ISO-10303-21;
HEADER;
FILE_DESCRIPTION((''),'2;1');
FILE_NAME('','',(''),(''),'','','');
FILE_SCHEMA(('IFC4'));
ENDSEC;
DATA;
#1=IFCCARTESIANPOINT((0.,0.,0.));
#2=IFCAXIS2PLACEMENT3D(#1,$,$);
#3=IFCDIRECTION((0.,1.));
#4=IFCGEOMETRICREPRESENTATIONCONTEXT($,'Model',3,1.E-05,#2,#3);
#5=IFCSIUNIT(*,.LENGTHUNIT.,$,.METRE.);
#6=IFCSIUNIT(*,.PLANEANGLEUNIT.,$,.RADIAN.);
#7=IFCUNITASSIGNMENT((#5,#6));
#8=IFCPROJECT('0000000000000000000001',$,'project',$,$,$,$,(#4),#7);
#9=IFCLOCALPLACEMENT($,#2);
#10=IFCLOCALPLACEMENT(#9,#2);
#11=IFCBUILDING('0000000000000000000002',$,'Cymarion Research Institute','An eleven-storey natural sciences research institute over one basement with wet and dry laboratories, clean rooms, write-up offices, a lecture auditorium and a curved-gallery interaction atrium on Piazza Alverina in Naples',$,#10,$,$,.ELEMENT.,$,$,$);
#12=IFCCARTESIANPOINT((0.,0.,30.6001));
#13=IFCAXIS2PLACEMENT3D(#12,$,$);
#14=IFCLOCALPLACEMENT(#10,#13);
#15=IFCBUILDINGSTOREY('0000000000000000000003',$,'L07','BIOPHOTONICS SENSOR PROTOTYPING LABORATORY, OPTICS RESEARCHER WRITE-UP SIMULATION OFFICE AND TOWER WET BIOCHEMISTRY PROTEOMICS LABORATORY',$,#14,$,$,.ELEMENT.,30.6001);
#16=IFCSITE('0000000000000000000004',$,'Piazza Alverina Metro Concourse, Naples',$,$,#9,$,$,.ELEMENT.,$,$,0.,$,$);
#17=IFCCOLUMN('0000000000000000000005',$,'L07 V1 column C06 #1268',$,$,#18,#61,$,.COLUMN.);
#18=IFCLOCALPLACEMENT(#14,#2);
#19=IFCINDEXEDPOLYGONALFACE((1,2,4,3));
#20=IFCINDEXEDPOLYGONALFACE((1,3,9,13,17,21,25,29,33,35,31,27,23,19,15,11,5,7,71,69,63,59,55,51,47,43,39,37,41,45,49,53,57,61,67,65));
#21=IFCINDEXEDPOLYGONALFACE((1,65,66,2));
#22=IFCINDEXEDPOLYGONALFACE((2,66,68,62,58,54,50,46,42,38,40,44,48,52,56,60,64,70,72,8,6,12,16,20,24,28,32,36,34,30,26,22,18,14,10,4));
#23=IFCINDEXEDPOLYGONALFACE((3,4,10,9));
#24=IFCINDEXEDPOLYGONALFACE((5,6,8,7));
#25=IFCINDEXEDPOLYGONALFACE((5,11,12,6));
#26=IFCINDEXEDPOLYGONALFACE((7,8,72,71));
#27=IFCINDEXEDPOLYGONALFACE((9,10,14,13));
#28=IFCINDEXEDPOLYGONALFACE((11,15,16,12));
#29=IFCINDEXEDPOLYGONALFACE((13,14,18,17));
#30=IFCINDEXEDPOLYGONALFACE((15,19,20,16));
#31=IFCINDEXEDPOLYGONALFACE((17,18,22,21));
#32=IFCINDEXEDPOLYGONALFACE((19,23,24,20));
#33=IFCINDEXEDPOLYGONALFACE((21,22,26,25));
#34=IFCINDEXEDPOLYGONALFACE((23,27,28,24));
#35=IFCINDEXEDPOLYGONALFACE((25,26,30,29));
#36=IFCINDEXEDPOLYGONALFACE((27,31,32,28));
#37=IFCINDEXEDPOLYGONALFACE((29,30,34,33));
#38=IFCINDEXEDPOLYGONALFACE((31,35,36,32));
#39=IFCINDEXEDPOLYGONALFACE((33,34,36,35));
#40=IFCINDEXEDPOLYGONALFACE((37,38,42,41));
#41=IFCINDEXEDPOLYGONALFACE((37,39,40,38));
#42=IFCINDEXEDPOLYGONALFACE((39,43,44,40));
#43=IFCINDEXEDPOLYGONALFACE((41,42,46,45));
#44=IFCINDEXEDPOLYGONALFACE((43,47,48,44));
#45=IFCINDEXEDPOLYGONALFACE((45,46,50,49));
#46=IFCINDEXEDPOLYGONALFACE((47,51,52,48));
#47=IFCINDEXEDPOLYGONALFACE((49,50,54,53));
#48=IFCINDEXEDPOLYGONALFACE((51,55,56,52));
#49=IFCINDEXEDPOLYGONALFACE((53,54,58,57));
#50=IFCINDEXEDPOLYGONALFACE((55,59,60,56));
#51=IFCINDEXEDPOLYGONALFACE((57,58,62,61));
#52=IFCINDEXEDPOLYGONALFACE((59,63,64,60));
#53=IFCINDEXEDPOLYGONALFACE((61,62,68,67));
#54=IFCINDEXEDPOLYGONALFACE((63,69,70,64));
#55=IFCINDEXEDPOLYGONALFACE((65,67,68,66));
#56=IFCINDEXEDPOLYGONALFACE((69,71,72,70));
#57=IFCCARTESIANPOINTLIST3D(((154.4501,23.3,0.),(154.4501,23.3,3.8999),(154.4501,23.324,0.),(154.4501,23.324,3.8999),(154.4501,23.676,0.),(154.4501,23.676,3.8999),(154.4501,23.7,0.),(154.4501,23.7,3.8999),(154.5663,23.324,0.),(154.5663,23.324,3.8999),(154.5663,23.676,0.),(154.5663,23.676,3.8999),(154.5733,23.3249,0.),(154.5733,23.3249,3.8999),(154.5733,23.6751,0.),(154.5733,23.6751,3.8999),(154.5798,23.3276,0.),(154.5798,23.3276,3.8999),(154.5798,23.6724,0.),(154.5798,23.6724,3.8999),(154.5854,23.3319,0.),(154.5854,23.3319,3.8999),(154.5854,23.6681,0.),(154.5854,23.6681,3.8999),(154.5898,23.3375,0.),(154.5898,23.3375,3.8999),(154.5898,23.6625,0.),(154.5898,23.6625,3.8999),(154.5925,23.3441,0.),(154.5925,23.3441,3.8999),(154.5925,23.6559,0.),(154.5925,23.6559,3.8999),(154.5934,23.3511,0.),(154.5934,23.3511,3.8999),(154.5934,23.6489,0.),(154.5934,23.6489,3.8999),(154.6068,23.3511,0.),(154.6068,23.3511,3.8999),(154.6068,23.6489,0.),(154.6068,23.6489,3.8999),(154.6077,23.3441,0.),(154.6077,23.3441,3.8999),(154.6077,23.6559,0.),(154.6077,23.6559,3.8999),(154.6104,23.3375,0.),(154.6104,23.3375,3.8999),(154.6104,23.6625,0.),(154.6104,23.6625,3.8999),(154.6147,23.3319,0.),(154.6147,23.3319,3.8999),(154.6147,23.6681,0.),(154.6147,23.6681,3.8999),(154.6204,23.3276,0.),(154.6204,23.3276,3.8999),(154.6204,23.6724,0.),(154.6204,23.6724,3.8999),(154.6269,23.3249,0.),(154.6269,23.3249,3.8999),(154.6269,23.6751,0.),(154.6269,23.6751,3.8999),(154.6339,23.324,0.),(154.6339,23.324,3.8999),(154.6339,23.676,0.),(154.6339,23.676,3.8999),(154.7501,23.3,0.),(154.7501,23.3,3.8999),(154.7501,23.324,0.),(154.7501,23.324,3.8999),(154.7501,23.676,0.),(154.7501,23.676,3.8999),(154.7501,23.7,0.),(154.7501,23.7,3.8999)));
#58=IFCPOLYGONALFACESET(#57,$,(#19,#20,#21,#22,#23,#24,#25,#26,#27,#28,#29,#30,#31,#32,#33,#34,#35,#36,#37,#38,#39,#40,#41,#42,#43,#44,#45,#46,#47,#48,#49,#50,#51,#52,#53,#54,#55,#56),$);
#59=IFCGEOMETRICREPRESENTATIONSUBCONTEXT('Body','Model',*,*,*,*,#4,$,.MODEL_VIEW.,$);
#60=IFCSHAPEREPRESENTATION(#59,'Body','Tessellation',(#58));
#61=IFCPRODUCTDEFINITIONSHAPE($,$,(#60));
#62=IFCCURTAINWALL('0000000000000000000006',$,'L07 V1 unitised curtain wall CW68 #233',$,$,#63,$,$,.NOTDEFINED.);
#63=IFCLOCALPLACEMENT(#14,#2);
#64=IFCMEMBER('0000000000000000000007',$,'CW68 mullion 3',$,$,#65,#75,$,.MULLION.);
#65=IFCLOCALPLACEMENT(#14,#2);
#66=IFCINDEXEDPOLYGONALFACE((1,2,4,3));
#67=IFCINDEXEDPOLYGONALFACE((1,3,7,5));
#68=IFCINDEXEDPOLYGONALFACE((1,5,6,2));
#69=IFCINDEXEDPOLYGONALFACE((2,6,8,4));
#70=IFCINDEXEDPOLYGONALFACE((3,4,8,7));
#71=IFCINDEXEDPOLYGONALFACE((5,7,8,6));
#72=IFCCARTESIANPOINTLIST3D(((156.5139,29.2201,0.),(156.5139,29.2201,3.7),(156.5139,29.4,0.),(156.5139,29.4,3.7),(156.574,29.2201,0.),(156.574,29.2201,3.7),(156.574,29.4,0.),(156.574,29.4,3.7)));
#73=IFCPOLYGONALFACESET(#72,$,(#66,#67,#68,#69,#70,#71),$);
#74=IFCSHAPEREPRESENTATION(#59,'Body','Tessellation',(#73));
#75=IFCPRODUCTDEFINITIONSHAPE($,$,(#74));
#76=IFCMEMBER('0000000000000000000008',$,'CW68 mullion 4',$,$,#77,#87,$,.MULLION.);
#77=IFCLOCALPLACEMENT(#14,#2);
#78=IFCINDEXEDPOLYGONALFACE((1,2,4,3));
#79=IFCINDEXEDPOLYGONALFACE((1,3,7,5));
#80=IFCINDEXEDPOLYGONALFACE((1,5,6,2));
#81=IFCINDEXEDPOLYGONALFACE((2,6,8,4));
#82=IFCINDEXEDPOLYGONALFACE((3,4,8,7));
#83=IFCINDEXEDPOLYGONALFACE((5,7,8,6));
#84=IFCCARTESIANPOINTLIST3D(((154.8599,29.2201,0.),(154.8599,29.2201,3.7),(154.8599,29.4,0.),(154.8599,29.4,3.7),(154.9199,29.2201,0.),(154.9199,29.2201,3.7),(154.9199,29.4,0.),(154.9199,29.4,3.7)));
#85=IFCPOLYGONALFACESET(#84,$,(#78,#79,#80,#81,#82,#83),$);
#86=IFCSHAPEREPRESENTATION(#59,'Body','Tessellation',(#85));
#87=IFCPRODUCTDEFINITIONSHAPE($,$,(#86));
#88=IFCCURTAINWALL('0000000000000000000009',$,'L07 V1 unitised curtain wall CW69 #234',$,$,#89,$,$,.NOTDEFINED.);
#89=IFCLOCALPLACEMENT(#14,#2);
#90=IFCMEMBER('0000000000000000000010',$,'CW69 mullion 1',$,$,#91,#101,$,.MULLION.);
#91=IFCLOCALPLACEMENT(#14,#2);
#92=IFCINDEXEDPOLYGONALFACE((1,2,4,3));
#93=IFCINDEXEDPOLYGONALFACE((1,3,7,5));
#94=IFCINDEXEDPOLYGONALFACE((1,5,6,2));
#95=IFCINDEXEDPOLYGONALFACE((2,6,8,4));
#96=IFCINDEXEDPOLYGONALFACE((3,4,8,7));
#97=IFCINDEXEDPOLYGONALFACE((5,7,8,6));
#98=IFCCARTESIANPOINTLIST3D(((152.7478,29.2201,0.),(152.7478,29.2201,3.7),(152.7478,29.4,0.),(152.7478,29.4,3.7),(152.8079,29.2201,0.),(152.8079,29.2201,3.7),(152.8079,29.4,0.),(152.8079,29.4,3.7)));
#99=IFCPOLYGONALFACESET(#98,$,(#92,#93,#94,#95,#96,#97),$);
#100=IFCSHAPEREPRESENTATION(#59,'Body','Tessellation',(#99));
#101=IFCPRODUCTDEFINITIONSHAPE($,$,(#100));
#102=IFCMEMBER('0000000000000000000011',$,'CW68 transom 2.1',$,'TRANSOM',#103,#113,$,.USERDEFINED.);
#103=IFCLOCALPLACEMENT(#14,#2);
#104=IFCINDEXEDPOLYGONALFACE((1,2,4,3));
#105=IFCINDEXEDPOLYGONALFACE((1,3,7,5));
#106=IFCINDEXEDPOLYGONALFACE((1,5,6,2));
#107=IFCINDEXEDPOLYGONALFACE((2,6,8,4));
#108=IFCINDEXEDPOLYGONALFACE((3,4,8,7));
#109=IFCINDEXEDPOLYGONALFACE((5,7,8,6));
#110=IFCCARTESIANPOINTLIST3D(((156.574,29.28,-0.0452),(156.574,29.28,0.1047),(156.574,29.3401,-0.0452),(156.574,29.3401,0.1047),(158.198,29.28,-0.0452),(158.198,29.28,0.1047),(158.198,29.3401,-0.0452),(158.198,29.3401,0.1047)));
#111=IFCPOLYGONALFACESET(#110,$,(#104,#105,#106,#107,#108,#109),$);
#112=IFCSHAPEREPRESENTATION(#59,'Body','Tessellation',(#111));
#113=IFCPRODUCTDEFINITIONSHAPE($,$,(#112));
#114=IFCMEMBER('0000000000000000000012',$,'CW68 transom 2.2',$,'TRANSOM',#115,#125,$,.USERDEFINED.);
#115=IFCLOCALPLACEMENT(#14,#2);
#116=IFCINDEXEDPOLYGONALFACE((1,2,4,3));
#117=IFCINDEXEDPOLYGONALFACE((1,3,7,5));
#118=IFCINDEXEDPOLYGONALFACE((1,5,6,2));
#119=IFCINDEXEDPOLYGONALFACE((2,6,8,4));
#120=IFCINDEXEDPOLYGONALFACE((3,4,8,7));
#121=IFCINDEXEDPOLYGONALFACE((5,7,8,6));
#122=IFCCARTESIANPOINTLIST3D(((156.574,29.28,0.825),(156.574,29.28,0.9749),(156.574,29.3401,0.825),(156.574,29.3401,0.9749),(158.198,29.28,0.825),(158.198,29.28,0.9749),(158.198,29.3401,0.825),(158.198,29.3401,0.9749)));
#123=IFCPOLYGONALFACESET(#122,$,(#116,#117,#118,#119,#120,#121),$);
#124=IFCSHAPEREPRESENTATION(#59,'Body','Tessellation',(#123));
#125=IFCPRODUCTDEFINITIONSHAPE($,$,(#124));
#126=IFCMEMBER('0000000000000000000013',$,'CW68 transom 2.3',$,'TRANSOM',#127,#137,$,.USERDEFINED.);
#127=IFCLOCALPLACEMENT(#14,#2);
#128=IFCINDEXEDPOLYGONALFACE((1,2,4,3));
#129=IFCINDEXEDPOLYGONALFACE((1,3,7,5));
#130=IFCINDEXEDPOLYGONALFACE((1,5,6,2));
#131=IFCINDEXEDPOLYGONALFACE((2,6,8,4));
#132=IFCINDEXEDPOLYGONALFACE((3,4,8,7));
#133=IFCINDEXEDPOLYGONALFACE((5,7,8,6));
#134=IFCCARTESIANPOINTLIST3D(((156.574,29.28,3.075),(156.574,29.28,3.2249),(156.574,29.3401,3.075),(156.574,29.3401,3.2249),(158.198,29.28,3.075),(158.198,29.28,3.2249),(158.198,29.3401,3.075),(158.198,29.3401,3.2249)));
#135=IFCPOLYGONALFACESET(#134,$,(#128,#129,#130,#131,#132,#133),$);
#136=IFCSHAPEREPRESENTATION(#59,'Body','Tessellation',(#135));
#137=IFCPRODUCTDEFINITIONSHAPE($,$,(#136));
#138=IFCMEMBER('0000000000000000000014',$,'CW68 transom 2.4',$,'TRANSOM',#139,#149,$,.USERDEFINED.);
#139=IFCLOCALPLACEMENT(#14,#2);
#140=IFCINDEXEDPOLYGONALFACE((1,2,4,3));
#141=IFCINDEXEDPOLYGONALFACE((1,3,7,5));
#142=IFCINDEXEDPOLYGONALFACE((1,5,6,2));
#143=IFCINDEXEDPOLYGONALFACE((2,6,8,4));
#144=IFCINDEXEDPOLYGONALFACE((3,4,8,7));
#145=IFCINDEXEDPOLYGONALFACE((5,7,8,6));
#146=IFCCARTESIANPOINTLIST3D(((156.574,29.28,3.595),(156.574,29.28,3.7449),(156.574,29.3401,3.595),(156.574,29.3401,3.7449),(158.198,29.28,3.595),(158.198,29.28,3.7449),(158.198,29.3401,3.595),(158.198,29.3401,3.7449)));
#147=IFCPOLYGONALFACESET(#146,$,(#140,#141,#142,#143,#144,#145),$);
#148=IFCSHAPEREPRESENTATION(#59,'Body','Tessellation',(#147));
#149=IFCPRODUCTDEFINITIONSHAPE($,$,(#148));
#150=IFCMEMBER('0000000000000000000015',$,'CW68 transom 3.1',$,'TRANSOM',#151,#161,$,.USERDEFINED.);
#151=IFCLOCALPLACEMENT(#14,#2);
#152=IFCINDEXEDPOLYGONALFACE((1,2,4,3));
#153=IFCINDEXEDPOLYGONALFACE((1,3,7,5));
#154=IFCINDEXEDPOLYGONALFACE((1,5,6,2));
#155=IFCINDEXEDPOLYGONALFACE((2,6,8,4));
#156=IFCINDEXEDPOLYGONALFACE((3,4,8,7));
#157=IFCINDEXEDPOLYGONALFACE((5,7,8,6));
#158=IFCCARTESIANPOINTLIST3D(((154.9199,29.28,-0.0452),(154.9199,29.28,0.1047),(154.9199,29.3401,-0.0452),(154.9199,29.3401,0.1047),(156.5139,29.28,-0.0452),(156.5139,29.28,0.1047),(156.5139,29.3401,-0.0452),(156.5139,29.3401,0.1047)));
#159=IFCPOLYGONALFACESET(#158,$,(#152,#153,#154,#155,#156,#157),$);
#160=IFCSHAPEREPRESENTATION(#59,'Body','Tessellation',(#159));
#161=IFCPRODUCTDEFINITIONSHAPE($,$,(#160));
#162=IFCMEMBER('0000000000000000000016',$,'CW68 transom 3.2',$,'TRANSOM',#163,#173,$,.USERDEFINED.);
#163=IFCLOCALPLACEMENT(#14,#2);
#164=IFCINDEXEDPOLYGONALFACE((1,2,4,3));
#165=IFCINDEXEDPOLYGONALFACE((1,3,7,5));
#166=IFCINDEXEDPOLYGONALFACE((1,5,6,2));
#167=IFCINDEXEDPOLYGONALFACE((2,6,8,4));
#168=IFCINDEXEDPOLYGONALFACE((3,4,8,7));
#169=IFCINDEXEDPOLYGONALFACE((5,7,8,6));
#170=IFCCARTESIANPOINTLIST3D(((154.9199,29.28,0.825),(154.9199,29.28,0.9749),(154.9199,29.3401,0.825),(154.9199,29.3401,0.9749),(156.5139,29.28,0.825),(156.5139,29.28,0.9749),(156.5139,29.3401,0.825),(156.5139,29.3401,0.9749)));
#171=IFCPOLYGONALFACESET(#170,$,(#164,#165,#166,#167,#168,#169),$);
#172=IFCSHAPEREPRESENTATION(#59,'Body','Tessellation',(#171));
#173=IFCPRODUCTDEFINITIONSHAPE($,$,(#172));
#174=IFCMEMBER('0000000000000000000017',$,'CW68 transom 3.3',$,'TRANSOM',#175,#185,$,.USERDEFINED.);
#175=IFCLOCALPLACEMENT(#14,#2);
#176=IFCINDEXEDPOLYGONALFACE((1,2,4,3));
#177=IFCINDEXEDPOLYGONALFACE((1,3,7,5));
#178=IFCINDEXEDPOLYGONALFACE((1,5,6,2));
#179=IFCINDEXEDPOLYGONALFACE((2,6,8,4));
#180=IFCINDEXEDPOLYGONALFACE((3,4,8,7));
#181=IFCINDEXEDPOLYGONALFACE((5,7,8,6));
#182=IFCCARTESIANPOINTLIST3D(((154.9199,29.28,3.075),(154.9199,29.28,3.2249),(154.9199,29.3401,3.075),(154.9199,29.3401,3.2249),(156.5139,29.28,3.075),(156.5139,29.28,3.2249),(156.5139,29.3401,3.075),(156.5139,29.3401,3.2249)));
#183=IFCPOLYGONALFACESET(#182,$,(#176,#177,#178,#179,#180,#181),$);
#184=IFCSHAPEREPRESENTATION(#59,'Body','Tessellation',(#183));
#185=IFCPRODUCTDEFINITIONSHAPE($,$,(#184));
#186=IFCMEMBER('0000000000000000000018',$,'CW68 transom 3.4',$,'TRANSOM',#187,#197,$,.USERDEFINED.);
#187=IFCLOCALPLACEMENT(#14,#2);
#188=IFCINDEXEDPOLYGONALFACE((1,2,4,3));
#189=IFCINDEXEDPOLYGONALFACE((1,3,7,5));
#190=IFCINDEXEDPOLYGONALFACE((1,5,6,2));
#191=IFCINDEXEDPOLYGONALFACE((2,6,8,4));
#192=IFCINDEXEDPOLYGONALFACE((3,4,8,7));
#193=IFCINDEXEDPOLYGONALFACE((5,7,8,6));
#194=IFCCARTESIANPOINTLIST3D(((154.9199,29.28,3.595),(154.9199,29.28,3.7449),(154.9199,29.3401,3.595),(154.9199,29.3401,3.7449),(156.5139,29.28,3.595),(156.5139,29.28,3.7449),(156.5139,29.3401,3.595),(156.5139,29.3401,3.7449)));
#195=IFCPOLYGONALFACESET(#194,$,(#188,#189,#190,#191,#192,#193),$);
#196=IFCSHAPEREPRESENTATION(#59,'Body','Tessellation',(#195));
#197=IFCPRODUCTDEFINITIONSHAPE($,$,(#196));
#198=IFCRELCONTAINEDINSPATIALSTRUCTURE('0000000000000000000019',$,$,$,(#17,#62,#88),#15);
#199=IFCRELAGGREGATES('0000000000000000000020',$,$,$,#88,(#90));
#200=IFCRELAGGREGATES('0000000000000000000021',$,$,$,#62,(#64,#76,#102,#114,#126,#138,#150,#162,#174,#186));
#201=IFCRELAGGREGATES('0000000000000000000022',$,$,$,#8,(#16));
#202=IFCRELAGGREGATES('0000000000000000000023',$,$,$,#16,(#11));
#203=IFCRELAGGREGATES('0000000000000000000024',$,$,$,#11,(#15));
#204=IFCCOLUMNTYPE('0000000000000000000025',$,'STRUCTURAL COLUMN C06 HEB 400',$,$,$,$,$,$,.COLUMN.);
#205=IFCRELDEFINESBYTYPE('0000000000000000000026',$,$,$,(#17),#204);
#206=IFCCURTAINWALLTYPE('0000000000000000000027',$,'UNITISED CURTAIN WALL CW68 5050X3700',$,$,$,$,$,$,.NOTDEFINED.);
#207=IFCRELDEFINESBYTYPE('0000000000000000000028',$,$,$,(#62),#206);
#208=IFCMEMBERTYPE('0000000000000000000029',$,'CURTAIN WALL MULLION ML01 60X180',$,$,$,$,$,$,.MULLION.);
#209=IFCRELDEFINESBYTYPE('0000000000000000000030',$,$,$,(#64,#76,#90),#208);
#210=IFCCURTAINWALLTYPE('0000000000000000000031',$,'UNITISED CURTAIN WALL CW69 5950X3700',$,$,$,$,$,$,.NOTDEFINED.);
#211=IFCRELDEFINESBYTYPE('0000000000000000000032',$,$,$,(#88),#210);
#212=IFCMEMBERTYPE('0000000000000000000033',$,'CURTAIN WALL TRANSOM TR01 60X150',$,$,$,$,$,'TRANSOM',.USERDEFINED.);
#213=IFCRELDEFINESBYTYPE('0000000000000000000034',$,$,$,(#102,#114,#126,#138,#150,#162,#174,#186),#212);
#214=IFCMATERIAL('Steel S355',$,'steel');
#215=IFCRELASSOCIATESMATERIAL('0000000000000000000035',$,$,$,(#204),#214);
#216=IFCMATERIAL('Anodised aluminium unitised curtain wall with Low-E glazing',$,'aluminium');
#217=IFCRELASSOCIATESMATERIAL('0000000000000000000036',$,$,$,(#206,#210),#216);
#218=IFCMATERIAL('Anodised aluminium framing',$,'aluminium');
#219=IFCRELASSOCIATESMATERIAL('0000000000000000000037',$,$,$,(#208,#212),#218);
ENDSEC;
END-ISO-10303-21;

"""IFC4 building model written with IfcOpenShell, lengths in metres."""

from ifc_helpers import new_model, si_unit, direction, frame, origin, origin_2d, place, context, subcontext, project, spatial, rectangle, i_section, extrude, material, material_profile, profile_set, type_object, element, aggregate, save


model = new_model("IFC4")

# Units and contexts
model_context = context("Model", 3, precision=1e-05, world=origin(), true_north=direction((0.0, 1.0)))
body_context = subcontext(model_context, "Body", "Model", "MODEL_VIEW")
ifc_project = project(units=[si_unit("LENGTHUNIT", "METRE"), si_unit("PLANEANGLEUNIT", "RADIAN")], contexts=[model_context])

# Site, building, storey
site_placement = place(None, origin())
site = spatial("IfcSite", under=ifc_project, at=site_placement, Name="Piazza Alverina Metro Concourse, Naples", CompositionType="ELEMENT", RefElevation=0.0)
building_placement = place(site_placement, origin())
building = spatial("IfcBuilding", under=site, at=building_placement, Name="Cymarion Research Institute", Description="An eleven-storey natural sciences research institute over one basement with wet and dry laboratories, clean rooms, write-up offices, a lecture auditorium and a curved-gallery interaction atrium on Piazza Alverina in Naples", CompositionType="ELEMENT")
storey_placement = place(building_placement, frame((0.0, 0.0, 30.6001)))
storey = spatial("IfcBuildingStorey", under=building, at=storey_placement, Name="L07", Description="BIOPHOTONICS SENSOR PROTOTYPING LABORATORY, OPTICS RESEARCHER WRITE-UP SIMULATION OFFICE AND TOWER WET BIOCHEMISTRY PROTEOMICS LABORATORY", CompositionType="ELEMENT", Elevation=30.6001)

# Column
ifc_material_1 = material(Name="Steel S355", Category="steel")
ifc_material_profile_1 = material_profile(ifc_material_1, i_section(OverallWidth=0.3, OverallDepth=0.3999, WebThickness=0.0134, FlangeThickness=0.0239, FilletRadius=0.0271, at=origin_2d()), Name="HEB 400")
ifc_profile_set_1 = profile_set([ifc_material_profile_1], Name="Steel S355")
column_type = type_object("IfcColumnType", Name="STRUCTURAL COLUMN C06 HEB 400", PredefinedType="COLUMN", material=ifc_profile_set_1)
column_placement = place(storey_placement, frame((154.6001, 23.5, 0.0), z_axis=(0.0, 0.0, 1.0), x_axis=(1.0, 0.0, 0.0)))
element("IfcColumn", 1, at=column_placement, inside=storey, type_object=column_type, Name="L07 V1 column C06 #1268", PredefinedType="COLUMN", context=body_context, shape_type="SweptSolid", body=[
    extrude(i_section(OverallWidth=0.3, OverallDepth=0.3999, WebThickness=0.0134, FlangeThickness=0.0239, FilletRadius=0.0271, at=origin_2d()), origin(), (0.0, 0.0, 1.0), 3.8999),
])

# Curtain wall, members
ifc_material_2 = material(Name="Anodised aluminium unitised curtain wall with Low-E glazing", Category="aluminium")
curtain_wall_type_1 = type_object("IfcCurtainWallType", Name="UNITISED CURTAIN WALL CW68 5050X3700", PredefinedType="NOTDEFINED", material=ifc_material_2)
curtain_wall_1_placement = place(storey_placement, origin())
curtain_wall_1 = element("IfcCurtainWall", 2, at=curtain_wall_1_placement, inside=storey, type_object=curtain_wall_type_1, Name="L07 V1 unitised curtain wall CW68 #233", PredefinedType="NOTDEFINED")
ifc_material_3 = material(Name="Anodised aluminium framing", Category="aluminium")
ifc_material_profile_2 = material_profile(ifc_material_3, rectangle(XDim=0.0601, YDim=0.1799, at=origin_2d()), Name="ALU MULLION 60x180")
ifc_profile_set_2 = profile_set([ifc_material_profile_2], Name="Anodised aluminium framing")
member_type_1 = type_object("IfcMemberType", Name="CURTAIN WALL MULLION ML01 60X180", PredefinedType="MULLION", material=ifc_profile_set_2)
member_1_placement = place(storey_placement, frame((156.5439, 29.3101, 0.0), z_axis=(0.0, 0.0, 1.0), x_axis=(-1.0, 0.0, 0.0)))
member_1 = element("IfcMember", 3, at=member_1_placement, type_object=member_type_1, Name="CW68 mullion 3", PredefinedType="MULLION", context=body_context, shape_type="SweptSolid", body=[
    extrude(rectangle(XDim=0.0601, YDim=0.1799, at=origin_2d()), origin(), (0.0, 0.0, 1.0), 3.7),
])
member_2_placement = place(storey_placement, frame((154.8899, 29.3101, 0.0), z_axis=(0.0, 0.0, 1.0), x_axis=(-1.0, 0.0, 0.0)))
member_2 = element("IfcMember", 4, at=member_2_placement, type_object=member_type_1, Name="CW68 mullion 4", PredefinedType="MULLION", context=body_context, shape_type="SweptSolid", body=[
    extrude(rectangle(XDim=0.0601, YDim=0.1799, at=origin_2d()), origin(), (0.0, 0.0, 1.0), 3.7),
])

# Curtain wall, member
curtain_wall_type_2 = type_object("IfcCurtainWallType", Name="UNITISED CURTAIN WALL CW69 5950X3700", PredefinedType="NOTDEFINED", material=ifc_material_2)
curtain_wall_2_placement = place(storey_placement, origin())
curtain_wall_2 = element("IfcCurtainWall", 5, at=curtain_wall_2_placement, inside=storey, type_object=curtain_wall_type_2, Name="L07 V1 unitised curtain wall CW69 #234", PredefinedType="NOTDEFINED")
member_3_placement = place(storey_placement, frame((152.7778, 29.3101, 0.0), z_axis=(0.0, 0.0, 1.0), x_axis=(-1.0, 0.0, 0.0)))
member_3 = element("IfcMember", 6, at=member_3_placement, type_object=member_type_1, Name="CW69 mullion 1", PredefinedType="MULLION", context=body_context, shape_type="SweptSolid", body=[
    extrude(rectangle(XDim=0.0601, YDim=0.1799, at=origin_2d()), origin(), (0.0, 0.0, 1.0), 3.7),
])

# Members
ifc_material_profile_3 = material_profile(ifc_material_3, rectangle(XDim=0.0601, YDim=0.1499, at=origin_2d()), Name="ALU TRANSOM 60x150")
ifc_profile_set_3 = profile_set([ifc_material_profile_3], Name="Anodised aluminium framing")
member_type_2 = type_object("IfcMemberType", Name="CURTAIN WALL TRANSOM TR01 60X150", ElementType="TRANSOM", PredefinedType="USERDEFINED", material=ifc_profile_set_3)
member_4_placement = place(storey_placement, frame((158.198, 29.3101, 0.0298), z_axis=(-1.0, 0.0, 0.0), x_axis=(0.0, -1.0, 0.0)))
member_4 = element("IfcMember", 7, at=member_4_placement, type_object=member_type_2, Name="CW68 transom 2.1", ObjectType="TRANSOM", PredefinedType="USERDEFINED", context=body_context, shape_type="SweptSolid", body=[
    extrude(rectangle(XDim=0.0601, YDim=0.1499, at=origin_2d()), origin(), (0.0, 0.0, 1.0), 1.624),
])
member_5_placement = place(storey_placement, frame((158.198, 29.3101, 0.8999), z_axis=(-1.0, 0.0, 0.0), x_axis=(0.0, -1.0, 0.0)))
member_5 = element("IfcMember", 8, at=member_5_placement, type_object=member_type_2, Name="CW68 transom 2.2", ObjectType="TRANSOM", PredefinedType="USERDEFINED", context=body_context, shape_type="SweptSolid", body=[
    extrude(rectangle(XDim=0.0601, YDim=0.1499, at=origin_2d()), origin(), (0.0, 0.0, 1.0), 1.624),
])
member_6_placement = place(storey_placement, frame((158.198, 29.3101, 3.1499), z_axis=(-1.0, 0.0, 0.0), x_axis=(0.0, -1.0, 0.0)))
member_6 = element("IfcMember", 9, at=member_6_placement, type_object=member_type_2, Name="CW68 transom 2.3", ObjectType="TRANSOM", PredefinedType="USERDEFINED", context=body_context, shape_type="SweptSolid", body=[
    extrude(rectangle(XDim=0.0601, YDim=0.1499, at=origin_2d()), origin(), (0.0, 0.0, 1.0), 1.624),
])
member_7_placement = place(storey_placement, frame((158.198, 29.3101, 3.6699), z_axis=(-1.0, 0.0, 0.0), x_axis=(0.0, -1.0, 0.0)))
member_7 = element("IfcMember", 10, at=member_7_placement, type_object=member_type_2, Name="CW68 transom 2.4", ObjectType="TRANSOM", PredefinedType="USERDEFINED", context=body_context, shape_type="SweptSolid", body=[
    extrude(rectangle(XDim=0.0601, YDim=0.1499, at=origin_2d()), origin(), (0.0, 0.0, 1.0), 1.624),
])
member_8_placement = place(storey_placement, frame((156.5139, 29.3101, 0.0298), z_axis=(-1.0, 0.0, 0.0), x_axis=(0.0, -1.0, 0.0)))
member_8 = element("IfcMember", 11, at=member_8_placement, type_object=member_type_2, Name="CW68 transom 3.1", ObjectType="TRANSOM", PredefinedType="USERDEFINED", context=body_context, shape_type="SweptSolid", body=[
    extrude(rectangle(XDim=0.0601, YDim=0.1499, at=origin_2d()), origin(), (0.0, 0.0, 1.0), 1.594),
])
member_9_placement = place(storey_placement, frame((156.5139, 29.3101, 0.8999), z_axis=(-1.0, 0.0, 0.0), x_axis=(0.0, -1.0, 0.0)))
member_9 = element("IfcMember", 12, at=member_9_placement, type_object=member_type_2, Name="CW68 transom 3.2", ObjectType="TRANSOM", PredefinedType="USERDEFINED", context=body_context, shape_type="SweptSolid", body=[
    extrude(rectangle(XDim=0.0601, YDim=0.1499, at=origin_2d()), origin(), (0.0, 0.0, 1.0), 1.594),
])
member_10_placement = place(storey_placement, frame((156.5139, 29.3101, 3.1499), z_axis=(-1.0, 0.0, 0.0), x_axis=(0.0, -1.0, 0.0)))
member_10 = element("IfcMember", 13, at=member_10_placement, type_object=member_type_2, Name="CW68 transom 3.3", ObjectType="TRANSOM", PredefinedType="USERDEFINED", context=body_context, shape_type="SweptSolid", body=[
    extrude(rectangle(XDim=0.0601, YDim=0.1499, at=origin_2d()), origin(), (0.0, 0.0, 1.0), 1.594),
])
member_11_placement = place(storey_placement, frame((156.5139, 29.3101, 3.6699), z_axis=(-1.0, 0.0, 0.0), x_axis=(0.0, -1.0, 0.0)))
member_11 = element("IfcMember", 14, at=member_11_placement, type_object=member_type_2, Name="CW68 transom 3.4", ObjectType="TRANSOM", PredefinedType="USERDEFINED", context=body_context, shape_type="SweptSolid", body=[
    extrude(rectangle(XDim=0.0601, YDim=0.1499, at=origin_2d()), origin(), (0.0, 0.0, 1.0), 1.594),
])
aggregate(curtain_wall_2, [member_3])

aggregate(curtain_wall_1, [member_1, member_2, member_4, member_5, member_6, member_7, member_8, member_9, member_10, member_11])

save(model, "model.ifc")
